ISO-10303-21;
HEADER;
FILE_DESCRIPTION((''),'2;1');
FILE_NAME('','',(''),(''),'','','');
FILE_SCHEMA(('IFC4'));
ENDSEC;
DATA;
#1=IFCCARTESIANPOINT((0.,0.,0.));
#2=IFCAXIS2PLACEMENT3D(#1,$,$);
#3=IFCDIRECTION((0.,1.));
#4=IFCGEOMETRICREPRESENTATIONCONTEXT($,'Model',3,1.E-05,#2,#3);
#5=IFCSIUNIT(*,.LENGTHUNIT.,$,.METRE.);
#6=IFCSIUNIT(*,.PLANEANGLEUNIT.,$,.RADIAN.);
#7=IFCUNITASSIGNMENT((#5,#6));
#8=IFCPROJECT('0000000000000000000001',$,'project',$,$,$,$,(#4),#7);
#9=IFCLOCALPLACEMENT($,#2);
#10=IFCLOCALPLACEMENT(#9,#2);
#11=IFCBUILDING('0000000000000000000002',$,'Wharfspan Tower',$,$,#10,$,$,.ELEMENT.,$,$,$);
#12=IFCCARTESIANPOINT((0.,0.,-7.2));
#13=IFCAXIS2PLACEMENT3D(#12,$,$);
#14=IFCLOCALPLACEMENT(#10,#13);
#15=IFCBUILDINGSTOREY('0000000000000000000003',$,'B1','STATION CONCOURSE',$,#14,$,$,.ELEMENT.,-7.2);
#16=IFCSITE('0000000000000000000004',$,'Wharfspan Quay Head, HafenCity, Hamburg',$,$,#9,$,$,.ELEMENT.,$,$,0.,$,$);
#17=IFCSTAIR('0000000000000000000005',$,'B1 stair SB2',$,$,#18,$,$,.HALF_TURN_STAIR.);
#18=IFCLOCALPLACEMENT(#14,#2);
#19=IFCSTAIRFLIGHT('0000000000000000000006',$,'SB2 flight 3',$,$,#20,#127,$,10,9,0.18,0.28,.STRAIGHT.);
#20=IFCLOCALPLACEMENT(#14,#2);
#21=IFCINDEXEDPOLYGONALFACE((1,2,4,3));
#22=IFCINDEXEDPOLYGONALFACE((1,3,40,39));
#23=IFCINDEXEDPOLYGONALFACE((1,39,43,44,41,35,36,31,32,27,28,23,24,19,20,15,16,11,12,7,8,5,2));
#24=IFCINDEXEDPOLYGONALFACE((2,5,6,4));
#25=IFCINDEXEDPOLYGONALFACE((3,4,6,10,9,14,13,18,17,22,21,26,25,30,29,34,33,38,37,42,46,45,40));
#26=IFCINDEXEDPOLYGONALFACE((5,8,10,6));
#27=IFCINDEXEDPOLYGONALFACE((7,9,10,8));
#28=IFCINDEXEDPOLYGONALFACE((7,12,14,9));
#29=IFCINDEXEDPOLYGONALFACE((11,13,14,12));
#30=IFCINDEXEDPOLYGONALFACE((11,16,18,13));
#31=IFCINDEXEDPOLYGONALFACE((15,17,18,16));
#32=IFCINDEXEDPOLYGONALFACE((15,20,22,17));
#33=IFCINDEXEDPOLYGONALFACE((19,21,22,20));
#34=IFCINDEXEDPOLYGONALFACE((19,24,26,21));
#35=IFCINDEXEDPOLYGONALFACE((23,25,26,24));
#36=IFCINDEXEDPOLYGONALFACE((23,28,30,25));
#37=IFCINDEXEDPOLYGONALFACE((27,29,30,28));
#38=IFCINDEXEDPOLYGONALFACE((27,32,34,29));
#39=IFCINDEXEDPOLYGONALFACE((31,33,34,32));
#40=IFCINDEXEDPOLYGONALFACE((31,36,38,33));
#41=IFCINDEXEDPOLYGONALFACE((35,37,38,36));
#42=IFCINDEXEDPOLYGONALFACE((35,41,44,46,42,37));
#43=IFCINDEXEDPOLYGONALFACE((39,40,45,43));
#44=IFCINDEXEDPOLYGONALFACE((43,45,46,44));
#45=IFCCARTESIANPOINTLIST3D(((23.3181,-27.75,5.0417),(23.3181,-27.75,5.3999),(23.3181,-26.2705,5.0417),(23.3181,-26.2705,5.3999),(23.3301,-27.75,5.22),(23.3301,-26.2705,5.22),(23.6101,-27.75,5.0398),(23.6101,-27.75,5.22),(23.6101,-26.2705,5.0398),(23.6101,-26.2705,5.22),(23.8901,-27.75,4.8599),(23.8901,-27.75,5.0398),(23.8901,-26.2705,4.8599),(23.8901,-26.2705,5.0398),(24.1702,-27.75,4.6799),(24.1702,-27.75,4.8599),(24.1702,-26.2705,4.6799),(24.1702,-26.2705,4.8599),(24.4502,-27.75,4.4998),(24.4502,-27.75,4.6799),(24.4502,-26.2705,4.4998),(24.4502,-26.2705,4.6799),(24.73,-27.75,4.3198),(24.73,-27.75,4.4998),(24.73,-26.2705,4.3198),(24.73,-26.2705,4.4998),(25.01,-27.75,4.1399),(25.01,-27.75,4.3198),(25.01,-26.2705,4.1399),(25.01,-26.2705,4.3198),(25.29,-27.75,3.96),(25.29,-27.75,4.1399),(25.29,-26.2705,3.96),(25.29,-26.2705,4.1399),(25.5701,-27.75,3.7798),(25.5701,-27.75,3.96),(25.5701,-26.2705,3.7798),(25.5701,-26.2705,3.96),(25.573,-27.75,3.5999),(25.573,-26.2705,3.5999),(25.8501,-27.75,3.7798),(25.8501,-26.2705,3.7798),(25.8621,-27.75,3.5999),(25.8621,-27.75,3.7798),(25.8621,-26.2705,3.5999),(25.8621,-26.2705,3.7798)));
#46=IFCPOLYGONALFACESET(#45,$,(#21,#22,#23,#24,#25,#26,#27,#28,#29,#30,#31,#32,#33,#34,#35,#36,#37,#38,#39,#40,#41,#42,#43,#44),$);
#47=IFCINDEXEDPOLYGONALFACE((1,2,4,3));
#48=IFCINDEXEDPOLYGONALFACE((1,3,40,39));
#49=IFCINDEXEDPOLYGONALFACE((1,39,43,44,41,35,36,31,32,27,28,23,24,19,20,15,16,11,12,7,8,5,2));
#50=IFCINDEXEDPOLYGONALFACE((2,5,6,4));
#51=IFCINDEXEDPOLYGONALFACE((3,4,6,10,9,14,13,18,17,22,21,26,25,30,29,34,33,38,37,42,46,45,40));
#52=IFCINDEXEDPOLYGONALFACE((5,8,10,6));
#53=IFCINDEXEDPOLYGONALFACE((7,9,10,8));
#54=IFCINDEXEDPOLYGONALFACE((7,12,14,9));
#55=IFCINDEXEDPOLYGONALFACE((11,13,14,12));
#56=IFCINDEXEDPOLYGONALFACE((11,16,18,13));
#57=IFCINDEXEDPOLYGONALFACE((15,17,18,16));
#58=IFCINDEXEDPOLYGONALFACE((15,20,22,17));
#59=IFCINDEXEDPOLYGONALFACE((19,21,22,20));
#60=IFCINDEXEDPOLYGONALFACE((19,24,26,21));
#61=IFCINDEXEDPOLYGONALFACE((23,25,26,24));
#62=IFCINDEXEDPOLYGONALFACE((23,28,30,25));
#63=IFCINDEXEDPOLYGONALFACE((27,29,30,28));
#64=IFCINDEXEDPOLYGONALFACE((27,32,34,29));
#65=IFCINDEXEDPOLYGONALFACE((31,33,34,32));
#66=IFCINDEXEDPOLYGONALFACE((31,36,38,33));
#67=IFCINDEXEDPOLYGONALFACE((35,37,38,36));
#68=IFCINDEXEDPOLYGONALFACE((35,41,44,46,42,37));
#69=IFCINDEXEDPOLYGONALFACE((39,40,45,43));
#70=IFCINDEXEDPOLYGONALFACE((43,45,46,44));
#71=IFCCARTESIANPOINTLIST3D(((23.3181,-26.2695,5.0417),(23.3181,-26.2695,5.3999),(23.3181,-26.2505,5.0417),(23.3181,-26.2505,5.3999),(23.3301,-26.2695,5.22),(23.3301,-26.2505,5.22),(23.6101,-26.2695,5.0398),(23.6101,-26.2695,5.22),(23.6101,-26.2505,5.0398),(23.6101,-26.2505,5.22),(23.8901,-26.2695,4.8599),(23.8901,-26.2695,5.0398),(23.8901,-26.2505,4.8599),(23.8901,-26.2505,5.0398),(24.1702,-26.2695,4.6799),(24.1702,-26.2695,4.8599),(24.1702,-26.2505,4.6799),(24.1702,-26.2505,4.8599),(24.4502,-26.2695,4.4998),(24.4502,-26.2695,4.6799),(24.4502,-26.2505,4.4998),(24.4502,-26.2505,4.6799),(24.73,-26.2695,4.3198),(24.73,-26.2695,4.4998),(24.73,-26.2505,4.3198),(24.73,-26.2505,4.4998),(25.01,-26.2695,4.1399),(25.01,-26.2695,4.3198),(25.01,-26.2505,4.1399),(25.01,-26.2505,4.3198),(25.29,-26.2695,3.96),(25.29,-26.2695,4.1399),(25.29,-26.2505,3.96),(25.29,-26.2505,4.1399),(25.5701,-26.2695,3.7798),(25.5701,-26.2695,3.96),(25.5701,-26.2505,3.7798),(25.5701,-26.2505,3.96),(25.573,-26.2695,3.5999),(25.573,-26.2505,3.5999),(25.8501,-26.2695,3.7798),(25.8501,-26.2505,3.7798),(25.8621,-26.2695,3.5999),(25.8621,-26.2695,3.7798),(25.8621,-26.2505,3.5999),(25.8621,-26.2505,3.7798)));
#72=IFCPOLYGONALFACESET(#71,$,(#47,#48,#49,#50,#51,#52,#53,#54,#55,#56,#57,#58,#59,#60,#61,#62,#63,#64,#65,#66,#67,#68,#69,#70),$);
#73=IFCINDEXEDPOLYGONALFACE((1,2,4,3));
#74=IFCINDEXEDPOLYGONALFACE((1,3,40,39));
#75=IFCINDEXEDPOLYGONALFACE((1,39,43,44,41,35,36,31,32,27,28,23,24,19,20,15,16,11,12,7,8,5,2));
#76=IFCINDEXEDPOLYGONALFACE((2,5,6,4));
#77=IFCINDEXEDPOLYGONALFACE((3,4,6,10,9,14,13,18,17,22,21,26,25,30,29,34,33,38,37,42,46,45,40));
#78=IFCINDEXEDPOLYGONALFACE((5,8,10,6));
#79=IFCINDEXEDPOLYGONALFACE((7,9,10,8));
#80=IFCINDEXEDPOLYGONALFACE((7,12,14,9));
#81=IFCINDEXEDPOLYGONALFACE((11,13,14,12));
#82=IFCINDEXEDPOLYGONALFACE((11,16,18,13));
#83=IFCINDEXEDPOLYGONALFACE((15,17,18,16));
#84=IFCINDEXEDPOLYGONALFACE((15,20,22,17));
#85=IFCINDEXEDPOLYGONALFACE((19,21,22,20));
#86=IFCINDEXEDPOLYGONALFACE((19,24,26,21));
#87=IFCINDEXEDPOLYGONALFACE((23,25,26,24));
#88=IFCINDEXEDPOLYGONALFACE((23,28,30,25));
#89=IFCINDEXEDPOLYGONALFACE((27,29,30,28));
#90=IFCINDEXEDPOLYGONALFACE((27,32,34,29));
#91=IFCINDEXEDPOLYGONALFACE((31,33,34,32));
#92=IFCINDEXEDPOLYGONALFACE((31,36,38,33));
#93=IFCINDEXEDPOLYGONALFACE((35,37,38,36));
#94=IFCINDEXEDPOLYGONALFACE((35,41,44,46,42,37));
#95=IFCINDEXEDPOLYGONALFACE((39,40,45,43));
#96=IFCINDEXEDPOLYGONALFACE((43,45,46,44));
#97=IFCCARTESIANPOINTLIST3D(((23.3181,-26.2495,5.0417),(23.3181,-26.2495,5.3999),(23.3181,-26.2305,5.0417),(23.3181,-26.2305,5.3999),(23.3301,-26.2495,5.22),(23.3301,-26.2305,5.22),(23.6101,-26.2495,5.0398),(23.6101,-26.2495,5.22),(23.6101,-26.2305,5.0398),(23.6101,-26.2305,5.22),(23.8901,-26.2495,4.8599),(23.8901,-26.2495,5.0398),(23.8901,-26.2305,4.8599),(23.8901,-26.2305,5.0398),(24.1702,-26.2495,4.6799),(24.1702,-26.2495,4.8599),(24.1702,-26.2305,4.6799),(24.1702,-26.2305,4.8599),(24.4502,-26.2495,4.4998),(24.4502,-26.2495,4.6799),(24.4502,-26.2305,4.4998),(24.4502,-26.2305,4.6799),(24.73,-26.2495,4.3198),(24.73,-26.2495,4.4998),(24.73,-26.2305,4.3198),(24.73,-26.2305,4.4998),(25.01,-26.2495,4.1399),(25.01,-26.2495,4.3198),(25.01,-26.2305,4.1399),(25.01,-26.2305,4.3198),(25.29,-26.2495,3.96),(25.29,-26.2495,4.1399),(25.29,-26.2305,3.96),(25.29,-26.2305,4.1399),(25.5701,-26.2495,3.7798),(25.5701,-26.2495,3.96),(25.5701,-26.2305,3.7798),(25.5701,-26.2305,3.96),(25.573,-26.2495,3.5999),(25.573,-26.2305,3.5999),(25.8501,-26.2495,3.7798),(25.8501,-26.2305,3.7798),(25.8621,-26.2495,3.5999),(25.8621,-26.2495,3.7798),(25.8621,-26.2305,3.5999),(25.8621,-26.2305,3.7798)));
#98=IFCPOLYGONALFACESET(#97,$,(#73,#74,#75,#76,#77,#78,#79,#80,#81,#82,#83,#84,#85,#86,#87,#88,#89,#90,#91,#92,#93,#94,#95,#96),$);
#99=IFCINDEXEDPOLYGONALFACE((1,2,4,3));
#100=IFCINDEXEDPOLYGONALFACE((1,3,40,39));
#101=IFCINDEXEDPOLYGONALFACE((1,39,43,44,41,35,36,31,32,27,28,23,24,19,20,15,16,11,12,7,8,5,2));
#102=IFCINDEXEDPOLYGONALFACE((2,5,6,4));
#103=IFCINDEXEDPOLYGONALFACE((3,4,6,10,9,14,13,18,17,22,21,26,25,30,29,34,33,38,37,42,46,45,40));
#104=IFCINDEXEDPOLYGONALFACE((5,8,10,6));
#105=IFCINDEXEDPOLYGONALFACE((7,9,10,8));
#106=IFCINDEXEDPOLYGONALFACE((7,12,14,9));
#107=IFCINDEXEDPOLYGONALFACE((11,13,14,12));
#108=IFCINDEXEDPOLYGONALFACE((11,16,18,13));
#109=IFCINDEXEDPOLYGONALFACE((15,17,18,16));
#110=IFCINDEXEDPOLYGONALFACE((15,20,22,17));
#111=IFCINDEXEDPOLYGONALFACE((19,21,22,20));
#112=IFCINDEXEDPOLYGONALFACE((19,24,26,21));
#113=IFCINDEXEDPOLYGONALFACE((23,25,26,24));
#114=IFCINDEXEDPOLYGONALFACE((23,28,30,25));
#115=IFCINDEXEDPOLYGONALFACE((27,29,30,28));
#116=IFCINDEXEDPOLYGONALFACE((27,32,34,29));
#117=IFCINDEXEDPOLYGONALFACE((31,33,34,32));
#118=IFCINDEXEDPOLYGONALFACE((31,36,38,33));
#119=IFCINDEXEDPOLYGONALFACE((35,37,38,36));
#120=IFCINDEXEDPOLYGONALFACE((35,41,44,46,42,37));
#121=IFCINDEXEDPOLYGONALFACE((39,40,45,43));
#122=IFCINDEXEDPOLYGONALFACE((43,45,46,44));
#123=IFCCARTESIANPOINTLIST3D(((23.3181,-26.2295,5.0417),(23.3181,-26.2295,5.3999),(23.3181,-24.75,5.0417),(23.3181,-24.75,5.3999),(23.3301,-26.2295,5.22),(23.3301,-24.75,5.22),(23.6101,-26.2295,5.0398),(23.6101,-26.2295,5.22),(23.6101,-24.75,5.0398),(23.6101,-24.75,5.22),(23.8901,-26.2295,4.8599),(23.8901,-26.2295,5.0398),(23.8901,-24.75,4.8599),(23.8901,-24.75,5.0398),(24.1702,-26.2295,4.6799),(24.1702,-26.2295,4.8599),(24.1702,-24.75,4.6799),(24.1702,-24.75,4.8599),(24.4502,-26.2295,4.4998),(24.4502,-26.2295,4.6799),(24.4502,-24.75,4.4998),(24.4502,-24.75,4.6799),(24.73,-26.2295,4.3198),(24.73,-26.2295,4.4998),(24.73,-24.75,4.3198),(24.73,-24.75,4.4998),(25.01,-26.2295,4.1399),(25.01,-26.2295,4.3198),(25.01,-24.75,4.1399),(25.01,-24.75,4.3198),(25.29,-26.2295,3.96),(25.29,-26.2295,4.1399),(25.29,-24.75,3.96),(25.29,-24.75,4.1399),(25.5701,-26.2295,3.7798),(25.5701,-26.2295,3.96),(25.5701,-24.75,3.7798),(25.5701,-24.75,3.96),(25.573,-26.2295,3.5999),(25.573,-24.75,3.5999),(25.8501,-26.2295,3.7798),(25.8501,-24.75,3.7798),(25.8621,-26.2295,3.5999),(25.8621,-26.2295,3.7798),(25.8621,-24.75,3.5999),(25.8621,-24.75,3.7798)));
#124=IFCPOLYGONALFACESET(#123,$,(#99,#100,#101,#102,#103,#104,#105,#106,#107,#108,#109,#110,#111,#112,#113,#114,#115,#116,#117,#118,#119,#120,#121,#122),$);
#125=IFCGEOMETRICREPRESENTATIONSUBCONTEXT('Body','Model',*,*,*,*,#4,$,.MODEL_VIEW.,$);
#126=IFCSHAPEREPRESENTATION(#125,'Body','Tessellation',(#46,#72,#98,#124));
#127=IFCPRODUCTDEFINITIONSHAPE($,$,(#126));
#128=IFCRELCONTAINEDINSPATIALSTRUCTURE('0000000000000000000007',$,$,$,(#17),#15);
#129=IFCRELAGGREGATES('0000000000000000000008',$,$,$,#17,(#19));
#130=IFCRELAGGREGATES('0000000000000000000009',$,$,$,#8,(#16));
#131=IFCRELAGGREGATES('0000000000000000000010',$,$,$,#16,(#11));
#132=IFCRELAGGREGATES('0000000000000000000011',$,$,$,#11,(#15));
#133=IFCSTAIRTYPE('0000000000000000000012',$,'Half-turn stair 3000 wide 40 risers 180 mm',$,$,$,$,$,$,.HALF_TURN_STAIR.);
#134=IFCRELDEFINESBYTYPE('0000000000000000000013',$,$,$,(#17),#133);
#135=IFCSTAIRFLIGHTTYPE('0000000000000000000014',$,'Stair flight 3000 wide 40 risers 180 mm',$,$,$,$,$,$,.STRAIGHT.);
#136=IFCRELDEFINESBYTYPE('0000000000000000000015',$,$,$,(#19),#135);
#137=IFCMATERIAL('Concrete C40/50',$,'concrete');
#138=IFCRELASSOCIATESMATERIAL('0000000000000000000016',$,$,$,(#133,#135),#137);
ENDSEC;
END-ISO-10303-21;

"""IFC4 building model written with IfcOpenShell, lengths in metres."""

from ifc_helpers import new_model, si_unit, direction, frame, origin, place, context, subcontext, project, spatial, polyline, outline, extrude, material, type_object, element, aggregate, save


model = new_model("IFC4")

# Units and contexts
model_context = context("Model", 3, precision=1e-05, world=origin(), true_north=direction((0.0, 1.0)))
body_context = subcontext(model_context, "Body", "Model", "MODEL_VIEW")
ifc_project = project(units=[si_unit("LENGTHUNIT", "METRE"), si_unit("PLANEANGLEUNIT", "RADIAN")], contexts=[model_context])

# Site, building, storey
site_placement = place(None, origin())
site = spatial("IfcSite", under=ifc_project, at=site_placement, Name="Wharfspan Quay Head, HafenCity, Hamburg", CompositionType="ELEMENT", RefElevation=0.0)
building_placement = place(site_placement, origin())
building = spatial("IfcBuilding", under=site, at=building_placement, Name="Wharfspan Tower", CompositionType="ELEMENT")
storey_placement = place(building_placement, frame((0.0, 0.0, -7.2)))
storey = spatial("IfcBuildingStorey", under=building, at=storey_placement, Name="B1", Description="STATION CONCOURSE", CompositionType="ELEMENT", Elevation=-7.2)

# Shared definitions
ifc_material_1 = material(Name="Concrete C40/50", Category="concrete")

# Stair, stair flight
stair_type = type_object("IfcStairType", Name="Half-turn stair 3000 wide 40 risers 180 mm", PredefinedType="HALF_TURN_STAIR", material=ifc_material_1)
stair_placement = place(storey_placement, origin())
stair = element("IfcStair", 1, at=stair_placement, inside=storey, type_object=stair_type, Name="B1 stair SB2", PredefinedType="HALF_TURN_STAIR")
stair_flight_type = type_object("IfcStairFlightType", Name="Stair flight 3000 wide 40 risers 180 mm", PredefinedType="STRAIGHT", material=ifc_material_1)
stair_flight_1_placement = place(storey_placement, frame((25.8501, -26.25, 3.5999), z_axis=(0.0, 0.0, 1.0), x_axis=(-1.0, 0.0, 0.0)))
stair_flight_1 = element("IfcStairFlight", 2, at=stair_flight_1_placement, type_object=stair_flight_type, Name="SB2 flight 3", NumberOfRisers=10, NumberOfTreads=9, PredefinedType="STRAIGHT", RiserHeight=0.18, TreadLength=0.28, context=body_context, shape_type="SweptSolid", body=[
    extrude(outline(polyline([(-0.012, 0.0), (-0.012, 0.1799), (0.0, 0.1799), (0.28, 0.1799), (0.28, 0.3601), (0.5601, 0.3601), (0.5601, 0.54), (0.8401, 0.54), (0.8401, 0.72), (1.1201, 0.72), (1.1201, 0.8999), (1.3999, 0.8999), (1.3999, 1.0801), (1.6799, 1.0801), (1.6799, 1.26), (1.96, 1.26), (1.96, 1.4399), (2.24, 1.4399), (2.24, 1.6201), (2.52, 1.6201), (2.532, 1.8), (2.532, 1.4419), (0.2771, 0.0), (-0.012, 0.0)])), frame((0.0, 1.5, 0.0), z_axis=(0.0, -1.0, 0.0), x_axis=(1.0, 0.0, 0.0)), (0.0, 0.0, 1.0), 1.4795),
    extrude(outline(polyline([(-0.012, 0.0), (-0.012, 0.1799), (0.0, 0.1799), (0.28, 0.1799), (0.28, 0.3601), (0.5601, 0.3601), (0.5601, 0.54), (0.8401, 0.54), (0.8401, 0.72), (1.1201, 0.72), (1.1201, 0.8999), (1.3999, 0.8999), (1.3999, 1.0801), (1.6799, 1.0801), (1.6799, 1.26), (1.96, 1.26), (1.96, 1.4399), (2.24, 1.4399), (2.24, 1.6201), (2.52, 1.6201), (2.532, 1.8), (2.532, 1.4419), (0.2771, 0.0), (-0.012, 0.0)])), frame((0.0, 0.0195, 0.0), z_axis=(0.0, -1.0, 0.0), x_axis=(1.0, 0.0, 0.0)), (0.0, 0.0, 1.0), 0.019),
    extrude(outline(polyline([(-0.012, 0.0), (-0.012, 0.1799), (0.0, 0.1799), (0.28, 0.1799), (0.28, 0.3601), (0.5601, 0.3601), (0.5601, 0.54), (0.8401, 0.54), (0.8401, 0.72), (1.1201, 0.72), (1.1201, 0.8999), (1.3999, 0.8999), (1.3999, 1.0801), (1.6799, 1.0801), (1.6799, 1.26), (1.96, 1.26), (1.96, 1.4399), (2.24, 1.4399), (2.24, 1.6201), (2.52, 1.6201), (2.532, 1.8), (2.532, 1.4419), (0.2771, 0.0), (-0.012, 0.0)])), frame((0.0, -0.0005, 0.0), z_axis=(0.0, -1.0, 0.0), x_axis=(1.0, 0.0, 0.0)), (0.0, 0.0, 1.0), 0.019),
    extrude(outline(polyline([(-0.012, 0.0), (-0.012, 0.1799), (0.0, 0.1799), (0.28, 0.1799), (0.28, 0.3601), (0.5601, 0.3601), (0.5601, 0.54), (0.8401, 0.54), (0.8401, 0.72), (1.1201, 0.72), (1.1201, 0.8999), (1.3999, 0.8999), (1.3999, 1.0801), (1.6799, 1.0801), (1.6799, 1.26), (1.96, 1.26), (1.96, 1.4399), (2.24, 1.4399), (2.24, 1.6201), (2.52, 1.6201), (2.532, 1.8), (2.532, 1.4419), (0.2771, 0.0), (-0.012, 0.0)])), frame((0.0, -0.0205, 0.0), z_axis=(0.0, -1.0, 0.0), x_axis=(1.0, 0.0, 0.0)), (0.0, 0.0, 1.0), 1.4795),
])
aggregate(stair, [stair_flight_1])

save(model, "model.ifc")
